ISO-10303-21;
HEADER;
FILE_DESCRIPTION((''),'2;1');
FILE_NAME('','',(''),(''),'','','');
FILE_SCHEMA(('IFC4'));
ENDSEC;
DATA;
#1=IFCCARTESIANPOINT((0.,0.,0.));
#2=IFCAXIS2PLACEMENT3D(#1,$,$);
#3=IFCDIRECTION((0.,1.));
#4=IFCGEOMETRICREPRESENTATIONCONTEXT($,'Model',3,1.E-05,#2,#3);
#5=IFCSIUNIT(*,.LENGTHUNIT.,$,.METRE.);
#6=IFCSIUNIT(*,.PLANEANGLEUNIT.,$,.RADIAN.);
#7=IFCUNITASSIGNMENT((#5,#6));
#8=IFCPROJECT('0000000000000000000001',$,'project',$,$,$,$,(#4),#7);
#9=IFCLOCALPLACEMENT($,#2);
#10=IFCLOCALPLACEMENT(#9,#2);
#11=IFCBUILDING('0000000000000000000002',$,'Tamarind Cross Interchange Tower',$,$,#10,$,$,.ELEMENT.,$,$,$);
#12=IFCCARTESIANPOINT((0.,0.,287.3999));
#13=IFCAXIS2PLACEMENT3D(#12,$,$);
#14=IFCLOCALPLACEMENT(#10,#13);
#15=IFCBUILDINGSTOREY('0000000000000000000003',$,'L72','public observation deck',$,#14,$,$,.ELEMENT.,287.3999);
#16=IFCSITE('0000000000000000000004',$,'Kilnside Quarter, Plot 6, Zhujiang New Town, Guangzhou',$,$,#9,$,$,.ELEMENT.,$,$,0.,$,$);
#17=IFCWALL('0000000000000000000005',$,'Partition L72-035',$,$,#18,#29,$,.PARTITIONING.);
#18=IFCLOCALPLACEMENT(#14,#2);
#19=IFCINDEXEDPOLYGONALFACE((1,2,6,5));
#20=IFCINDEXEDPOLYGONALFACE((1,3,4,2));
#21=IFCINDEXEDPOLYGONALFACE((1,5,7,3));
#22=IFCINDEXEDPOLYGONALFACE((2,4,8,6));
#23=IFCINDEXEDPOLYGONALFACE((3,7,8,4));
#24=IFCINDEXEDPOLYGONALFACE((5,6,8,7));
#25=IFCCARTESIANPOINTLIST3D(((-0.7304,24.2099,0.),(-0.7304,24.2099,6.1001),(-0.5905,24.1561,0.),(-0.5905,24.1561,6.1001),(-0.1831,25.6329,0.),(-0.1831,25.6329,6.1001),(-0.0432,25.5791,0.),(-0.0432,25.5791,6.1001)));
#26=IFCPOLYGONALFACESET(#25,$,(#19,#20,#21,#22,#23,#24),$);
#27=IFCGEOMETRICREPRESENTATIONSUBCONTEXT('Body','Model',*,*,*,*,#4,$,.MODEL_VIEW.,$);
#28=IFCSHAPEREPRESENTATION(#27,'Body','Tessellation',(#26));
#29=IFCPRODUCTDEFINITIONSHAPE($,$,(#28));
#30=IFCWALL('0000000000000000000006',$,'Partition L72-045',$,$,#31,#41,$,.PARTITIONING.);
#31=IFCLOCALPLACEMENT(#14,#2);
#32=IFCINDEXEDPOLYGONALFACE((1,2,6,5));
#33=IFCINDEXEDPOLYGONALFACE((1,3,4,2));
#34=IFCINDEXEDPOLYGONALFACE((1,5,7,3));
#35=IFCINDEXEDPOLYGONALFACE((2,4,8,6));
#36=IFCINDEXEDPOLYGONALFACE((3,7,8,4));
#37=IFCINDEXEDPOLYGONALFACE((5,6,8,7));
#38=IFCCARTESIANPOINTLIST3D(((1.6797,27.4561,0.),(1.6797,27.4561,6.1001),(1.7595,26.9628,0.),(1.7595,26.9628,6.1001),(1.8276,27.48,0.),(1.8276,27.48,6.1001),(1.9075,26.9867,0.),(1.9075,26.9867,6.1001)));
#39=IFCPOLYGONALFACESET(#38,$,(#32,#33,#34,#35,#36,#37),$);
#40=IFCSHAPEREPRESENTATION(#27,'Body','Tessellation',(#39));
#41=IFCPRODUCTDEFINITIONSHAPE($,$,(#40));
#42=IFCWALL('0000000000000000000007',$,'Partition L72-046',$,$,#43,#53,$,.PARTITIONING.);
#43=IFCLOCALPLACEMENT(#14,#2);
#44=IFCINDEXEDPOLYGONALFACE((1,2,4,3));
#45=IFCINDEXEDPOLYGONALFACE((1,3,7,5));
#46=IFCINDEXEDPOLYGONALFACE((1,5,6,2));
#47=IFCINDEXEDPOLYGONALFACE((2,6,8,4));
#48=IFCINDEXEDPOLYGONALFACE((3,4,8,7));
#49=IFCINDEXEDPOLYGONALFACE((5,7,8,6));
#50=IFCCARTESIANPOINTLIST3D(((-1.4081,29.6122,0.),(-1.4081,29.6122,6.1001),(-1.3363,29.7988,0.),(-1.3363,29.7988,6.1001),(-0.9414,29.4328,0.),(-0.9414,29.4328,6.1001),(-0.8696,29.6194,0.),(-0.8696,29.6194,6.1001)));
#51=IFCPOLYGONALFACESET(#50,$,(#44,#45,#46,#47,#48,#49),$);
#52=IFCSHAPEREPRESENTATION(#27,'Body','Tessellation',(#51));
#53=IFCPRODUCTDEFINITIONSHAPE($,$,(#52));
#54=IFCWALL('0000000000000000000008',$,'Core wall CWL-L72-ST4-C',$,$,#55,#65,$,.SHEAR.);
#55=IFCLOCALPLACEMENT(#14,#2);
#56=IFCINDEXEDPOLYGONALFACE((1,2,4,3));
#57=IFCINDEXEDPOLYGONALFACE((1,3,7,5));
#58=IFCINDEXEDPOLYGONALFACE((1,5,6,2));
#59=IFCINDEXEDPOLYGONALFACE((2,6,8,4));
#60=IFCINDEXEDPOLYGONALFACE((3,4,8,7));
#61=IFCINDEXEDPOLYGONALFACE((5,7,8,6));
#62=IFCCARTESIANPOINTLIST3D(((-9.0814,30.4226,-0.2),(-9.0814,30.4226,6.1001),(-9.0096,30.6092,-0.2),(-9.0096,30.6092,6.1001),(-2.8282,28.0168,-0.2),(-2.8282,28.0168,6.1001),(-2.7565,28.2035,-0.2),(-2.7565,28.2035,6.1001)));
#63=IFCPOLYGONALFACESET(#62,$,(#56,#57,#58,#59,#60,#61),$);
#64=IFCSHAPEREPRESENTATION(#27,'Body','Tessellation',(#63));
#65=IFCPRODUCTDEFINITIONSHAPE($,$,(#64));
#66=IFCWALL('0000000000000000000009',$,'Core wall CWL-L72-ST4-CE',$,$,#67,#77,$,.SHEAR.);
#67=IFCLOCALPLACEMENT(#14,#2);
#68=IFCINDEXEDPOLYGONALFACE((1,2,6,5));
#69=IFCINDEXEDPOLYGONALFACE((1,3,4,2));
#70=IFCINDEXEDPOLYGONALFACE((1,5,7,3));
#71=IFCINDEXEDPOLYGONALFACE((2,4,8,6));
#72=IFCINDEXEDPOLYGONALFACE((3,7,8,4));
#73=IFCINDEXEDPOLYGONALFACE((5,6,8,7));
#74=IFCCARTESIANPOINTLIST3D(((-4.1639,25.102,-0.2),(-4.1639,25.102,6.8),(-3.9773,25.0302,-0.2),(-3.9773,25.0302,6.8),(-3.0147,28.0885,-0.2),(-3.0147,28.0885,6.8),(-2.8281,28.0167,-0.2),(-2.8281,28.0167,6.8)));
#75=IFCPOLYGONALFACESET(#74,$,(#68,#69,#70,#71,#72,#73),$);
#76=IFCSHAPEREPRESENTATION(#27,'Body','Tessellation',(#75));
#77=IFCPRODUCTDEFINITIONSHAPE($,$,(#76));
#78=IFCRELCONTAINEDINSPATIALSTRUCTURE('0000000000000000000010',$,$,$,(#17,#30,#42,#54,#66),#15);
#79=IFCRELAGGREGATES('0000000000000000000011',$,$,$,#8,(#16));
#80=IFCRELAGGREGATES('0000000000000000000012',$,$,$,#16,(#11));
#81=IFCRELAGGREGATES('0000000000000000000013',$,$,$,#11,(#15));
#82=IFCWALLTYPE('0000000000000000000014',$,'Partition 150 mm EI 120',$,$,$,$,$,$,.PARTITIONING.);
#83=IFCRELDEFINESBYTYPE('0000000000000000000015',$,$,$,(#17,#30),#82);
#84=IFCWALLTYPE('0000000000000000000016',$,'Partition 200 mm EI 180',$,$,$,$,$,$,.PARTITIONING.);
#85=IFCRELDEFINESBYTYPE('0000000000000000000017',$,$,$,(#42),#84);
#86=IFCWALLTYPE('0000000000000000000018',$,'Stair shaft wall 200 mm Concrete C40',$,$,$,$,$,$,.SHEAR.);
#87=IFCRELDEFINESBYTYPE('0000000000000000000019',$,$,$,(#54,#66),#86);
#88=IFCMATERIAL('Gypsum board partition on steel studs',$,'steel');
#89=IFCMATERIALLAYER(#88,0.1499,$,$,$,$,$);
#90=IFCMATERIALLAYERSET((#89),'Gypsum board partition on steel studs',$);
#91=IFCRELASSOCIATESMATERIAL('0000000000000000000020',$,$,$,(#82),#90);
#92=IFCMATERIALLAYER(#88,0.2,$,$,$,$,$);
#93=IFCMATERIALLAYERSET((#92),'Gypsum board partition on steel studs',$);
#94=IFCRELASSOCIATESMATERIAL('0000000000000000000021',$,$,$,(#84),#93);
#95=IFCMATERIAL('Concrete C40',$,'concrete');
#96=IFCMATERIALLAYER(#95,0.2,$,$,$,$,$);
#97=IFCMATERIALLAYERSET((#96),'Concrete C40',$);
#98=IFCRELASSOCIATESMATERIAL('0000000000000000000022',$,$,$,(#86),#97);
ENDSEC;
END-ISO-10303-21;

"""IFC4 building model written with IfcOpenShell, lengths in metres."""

from ifc_helpers import new_model, si_unit, direction, frame, frame_2d, origin, place, context, subcontext, project, spatial, rectangle, extrude, material, layer, layer_set, type_object, element, save


model = new_model("IFC4")

# Units and contexts
model_context = context("Model", 3, precision=1e-05, world=origin(), true_north=direction((0.0, 1.0)))
body_context = subcontext(model_context, "Body", "Model", "MODEL_VIEW")
ifc_project = project(units=[si_unit("LENGTHUNIT", "METRE"), si_unit("PLANEANGLEUNIT", "RADIAN")], contexts=[model_context])

# Site, building, storey
site_placement = place(None, origin())
site = spatial("IfcSite", under=ifc_project, at=site_placement, Name="Kilnside Quarter, Plot 6, Zhujiang New Town, Guangzhou", CompositionType="ELEMENT", RefElevation=0.0)
building_placement = place(site_placement, origin())
building = spatial("IfcBuilding", under=site, at=building_placement, Name="Tamarind Cross Interchange Tower", CompositionType="ELEMENT")
storey_placement = place(building_placement, frame((0.0, 0.0, 287.3999)))
storey = spatial("IfcBuildingStorey", under=building, at=storey_placement, Name="L72", Description="public observation deck", CompositionType="ELEMENT", Elevation=287.3999)

# Shared definitions
ifc_material_1 = material(Name="Gypsum board partition on steel studs", Category="steel")
ifc_layer_1 = layer(ifc_material_1, 0.1499)
ifc_layer_set_1 = layer_set([ifc_layer_1], Name="Gypsum board partition on steel studs")
wall_type_1 = type_object("IfcWallType", Name="Partition 150 mm EI 120", PredefinedType="PARTITIONING", material=ifc_layer_set_1)

# Walls
wall_1_placement = place(storey_placement, frame((-0.6604, 24.1831, 0.0), z_axis=(0.0, 0.0, 1.0), x_axis=(0.35899, 0.933341, 0.0)))
element("IfcWall", 1, at=wall_1_placement, inside=storey, type_object=wall_type_1, Name="Partition L72-035", PredefinedType="PARTITIONING", context=body_context, shape_type="SweptSolid", body=[
    extrude(rectangle(XDim=1.5247, YDim=0.1499, at=frame_2d((0.7622, 0.0))), origin(), (0.0, 0.0, 1.0), 6.1001),
])
wall_2_placement = place(storey_placement, frame((1.8335, 26.9746, 0.0), z_axis=(0.0, 0.0, 1.0), x_axis=(-0.159724, 0.987162, 0.0)))
element("IfcWall", 2, at=wall_2_placement, inside=storey, type_object=wall_type_1, Name="Partition L72-045", PredefinedType="PARTITIONING", context=body_context, shape_type="SweptSolid", body=[
    extrude(rectangle(XDim=0.4998, YDim=0.1499, at=frame_2d((0.25, 0.0))), origin(), (0.0, 0.0, 1.0), 6.1001),
])
ifc_layer_2 = layer(ifc_material_1, 0.2)
ifc_layer_set_2 = layer_set([ifc_layer_2], Name="Gypsum board partition on steel studs")
wall_type_2 = type_object("IfcWallType", Name="Partition 200 mm EI 180", PredefinedType="PARTITIONING", material=ifc_layer_set_2)
wall_3_placement = place(storey_placement, frame((-0.9055, 29.5261, 0.0), z_axis=(0.0, 0.0, 1.0), x_axis=(-0.933409, 0.358816, 0.0)))
element("IfcWall", 3, at=wall_3_placement, inside=storey, type_object=wall_type_2, Name="Partition L72-046", PredefinedType="PARTITIONING", context=body_context, shape_type="SweptSolid", body=[
    extrude(rectangle(XDim=0.5, YDim=0.2, at=frame_2d((0.25, 0.0))), origin(), (0.0, 0.0, 1.0), 6.1001),
])
ifc_material_2 = material(Name="Concrete C40", Category="concrete")
ifc_layer_3 = layer(ifc_material_2, 0.2)
ifc_layer_set_3 = layer_set([ifc_layer_3], Name="Concrete C40")
wall_type_3 = type_object("IfcWallType", Name="Stair shaft wall 200 mm Concrete C40", PredefinedType="SHEAR", material=ifc_layer_set_3)
wall_4_placement = place(storey_placement, frame((-2.7922, 28.1101, -0.2), z_axis=(0.0, 0.0, 1.0), x_axis=(-0.933311, 0.359069, 0.0)))
element("IfcWall", 4, at=wall_4_placement, inside=storey, type_object=wall_type_3, Name="Core wall CWL-L72-ST4-C", PredefinedType="SHEAR", context=body_context, shape_type="SweptSolid", body=[
    extrude(rectangle(XDim=6.7, YDim=0.2, at=frame_2d((3.3501, 0.0))), origin(), (0.0, 0.0, 1.0), 6.3),
])
wall_5_placement = place(storey_placement, frame((-2.9214, 28.0527, -0.2), z_axis=(0.0, 0.0, 1.0), x_axis=(-0.359112, -0.933294, 0.0)))
element("IfcWall", 5, at=wall_5_placement, inside=storey, type_object=wall_type_3, Name="Core wall CWL-L72-ST4-CE", PredefinedType="SHEAR", context=body_context, shape_type="SweptSolid", body=[
    extrude(rectangle(XDim=3.2, YDim=0.2, at=frame_2d((1.6001, 0.0))), origin(), (0.0, 0.0, 1.0), 7.0),
])

save(model, "model.ifc")
